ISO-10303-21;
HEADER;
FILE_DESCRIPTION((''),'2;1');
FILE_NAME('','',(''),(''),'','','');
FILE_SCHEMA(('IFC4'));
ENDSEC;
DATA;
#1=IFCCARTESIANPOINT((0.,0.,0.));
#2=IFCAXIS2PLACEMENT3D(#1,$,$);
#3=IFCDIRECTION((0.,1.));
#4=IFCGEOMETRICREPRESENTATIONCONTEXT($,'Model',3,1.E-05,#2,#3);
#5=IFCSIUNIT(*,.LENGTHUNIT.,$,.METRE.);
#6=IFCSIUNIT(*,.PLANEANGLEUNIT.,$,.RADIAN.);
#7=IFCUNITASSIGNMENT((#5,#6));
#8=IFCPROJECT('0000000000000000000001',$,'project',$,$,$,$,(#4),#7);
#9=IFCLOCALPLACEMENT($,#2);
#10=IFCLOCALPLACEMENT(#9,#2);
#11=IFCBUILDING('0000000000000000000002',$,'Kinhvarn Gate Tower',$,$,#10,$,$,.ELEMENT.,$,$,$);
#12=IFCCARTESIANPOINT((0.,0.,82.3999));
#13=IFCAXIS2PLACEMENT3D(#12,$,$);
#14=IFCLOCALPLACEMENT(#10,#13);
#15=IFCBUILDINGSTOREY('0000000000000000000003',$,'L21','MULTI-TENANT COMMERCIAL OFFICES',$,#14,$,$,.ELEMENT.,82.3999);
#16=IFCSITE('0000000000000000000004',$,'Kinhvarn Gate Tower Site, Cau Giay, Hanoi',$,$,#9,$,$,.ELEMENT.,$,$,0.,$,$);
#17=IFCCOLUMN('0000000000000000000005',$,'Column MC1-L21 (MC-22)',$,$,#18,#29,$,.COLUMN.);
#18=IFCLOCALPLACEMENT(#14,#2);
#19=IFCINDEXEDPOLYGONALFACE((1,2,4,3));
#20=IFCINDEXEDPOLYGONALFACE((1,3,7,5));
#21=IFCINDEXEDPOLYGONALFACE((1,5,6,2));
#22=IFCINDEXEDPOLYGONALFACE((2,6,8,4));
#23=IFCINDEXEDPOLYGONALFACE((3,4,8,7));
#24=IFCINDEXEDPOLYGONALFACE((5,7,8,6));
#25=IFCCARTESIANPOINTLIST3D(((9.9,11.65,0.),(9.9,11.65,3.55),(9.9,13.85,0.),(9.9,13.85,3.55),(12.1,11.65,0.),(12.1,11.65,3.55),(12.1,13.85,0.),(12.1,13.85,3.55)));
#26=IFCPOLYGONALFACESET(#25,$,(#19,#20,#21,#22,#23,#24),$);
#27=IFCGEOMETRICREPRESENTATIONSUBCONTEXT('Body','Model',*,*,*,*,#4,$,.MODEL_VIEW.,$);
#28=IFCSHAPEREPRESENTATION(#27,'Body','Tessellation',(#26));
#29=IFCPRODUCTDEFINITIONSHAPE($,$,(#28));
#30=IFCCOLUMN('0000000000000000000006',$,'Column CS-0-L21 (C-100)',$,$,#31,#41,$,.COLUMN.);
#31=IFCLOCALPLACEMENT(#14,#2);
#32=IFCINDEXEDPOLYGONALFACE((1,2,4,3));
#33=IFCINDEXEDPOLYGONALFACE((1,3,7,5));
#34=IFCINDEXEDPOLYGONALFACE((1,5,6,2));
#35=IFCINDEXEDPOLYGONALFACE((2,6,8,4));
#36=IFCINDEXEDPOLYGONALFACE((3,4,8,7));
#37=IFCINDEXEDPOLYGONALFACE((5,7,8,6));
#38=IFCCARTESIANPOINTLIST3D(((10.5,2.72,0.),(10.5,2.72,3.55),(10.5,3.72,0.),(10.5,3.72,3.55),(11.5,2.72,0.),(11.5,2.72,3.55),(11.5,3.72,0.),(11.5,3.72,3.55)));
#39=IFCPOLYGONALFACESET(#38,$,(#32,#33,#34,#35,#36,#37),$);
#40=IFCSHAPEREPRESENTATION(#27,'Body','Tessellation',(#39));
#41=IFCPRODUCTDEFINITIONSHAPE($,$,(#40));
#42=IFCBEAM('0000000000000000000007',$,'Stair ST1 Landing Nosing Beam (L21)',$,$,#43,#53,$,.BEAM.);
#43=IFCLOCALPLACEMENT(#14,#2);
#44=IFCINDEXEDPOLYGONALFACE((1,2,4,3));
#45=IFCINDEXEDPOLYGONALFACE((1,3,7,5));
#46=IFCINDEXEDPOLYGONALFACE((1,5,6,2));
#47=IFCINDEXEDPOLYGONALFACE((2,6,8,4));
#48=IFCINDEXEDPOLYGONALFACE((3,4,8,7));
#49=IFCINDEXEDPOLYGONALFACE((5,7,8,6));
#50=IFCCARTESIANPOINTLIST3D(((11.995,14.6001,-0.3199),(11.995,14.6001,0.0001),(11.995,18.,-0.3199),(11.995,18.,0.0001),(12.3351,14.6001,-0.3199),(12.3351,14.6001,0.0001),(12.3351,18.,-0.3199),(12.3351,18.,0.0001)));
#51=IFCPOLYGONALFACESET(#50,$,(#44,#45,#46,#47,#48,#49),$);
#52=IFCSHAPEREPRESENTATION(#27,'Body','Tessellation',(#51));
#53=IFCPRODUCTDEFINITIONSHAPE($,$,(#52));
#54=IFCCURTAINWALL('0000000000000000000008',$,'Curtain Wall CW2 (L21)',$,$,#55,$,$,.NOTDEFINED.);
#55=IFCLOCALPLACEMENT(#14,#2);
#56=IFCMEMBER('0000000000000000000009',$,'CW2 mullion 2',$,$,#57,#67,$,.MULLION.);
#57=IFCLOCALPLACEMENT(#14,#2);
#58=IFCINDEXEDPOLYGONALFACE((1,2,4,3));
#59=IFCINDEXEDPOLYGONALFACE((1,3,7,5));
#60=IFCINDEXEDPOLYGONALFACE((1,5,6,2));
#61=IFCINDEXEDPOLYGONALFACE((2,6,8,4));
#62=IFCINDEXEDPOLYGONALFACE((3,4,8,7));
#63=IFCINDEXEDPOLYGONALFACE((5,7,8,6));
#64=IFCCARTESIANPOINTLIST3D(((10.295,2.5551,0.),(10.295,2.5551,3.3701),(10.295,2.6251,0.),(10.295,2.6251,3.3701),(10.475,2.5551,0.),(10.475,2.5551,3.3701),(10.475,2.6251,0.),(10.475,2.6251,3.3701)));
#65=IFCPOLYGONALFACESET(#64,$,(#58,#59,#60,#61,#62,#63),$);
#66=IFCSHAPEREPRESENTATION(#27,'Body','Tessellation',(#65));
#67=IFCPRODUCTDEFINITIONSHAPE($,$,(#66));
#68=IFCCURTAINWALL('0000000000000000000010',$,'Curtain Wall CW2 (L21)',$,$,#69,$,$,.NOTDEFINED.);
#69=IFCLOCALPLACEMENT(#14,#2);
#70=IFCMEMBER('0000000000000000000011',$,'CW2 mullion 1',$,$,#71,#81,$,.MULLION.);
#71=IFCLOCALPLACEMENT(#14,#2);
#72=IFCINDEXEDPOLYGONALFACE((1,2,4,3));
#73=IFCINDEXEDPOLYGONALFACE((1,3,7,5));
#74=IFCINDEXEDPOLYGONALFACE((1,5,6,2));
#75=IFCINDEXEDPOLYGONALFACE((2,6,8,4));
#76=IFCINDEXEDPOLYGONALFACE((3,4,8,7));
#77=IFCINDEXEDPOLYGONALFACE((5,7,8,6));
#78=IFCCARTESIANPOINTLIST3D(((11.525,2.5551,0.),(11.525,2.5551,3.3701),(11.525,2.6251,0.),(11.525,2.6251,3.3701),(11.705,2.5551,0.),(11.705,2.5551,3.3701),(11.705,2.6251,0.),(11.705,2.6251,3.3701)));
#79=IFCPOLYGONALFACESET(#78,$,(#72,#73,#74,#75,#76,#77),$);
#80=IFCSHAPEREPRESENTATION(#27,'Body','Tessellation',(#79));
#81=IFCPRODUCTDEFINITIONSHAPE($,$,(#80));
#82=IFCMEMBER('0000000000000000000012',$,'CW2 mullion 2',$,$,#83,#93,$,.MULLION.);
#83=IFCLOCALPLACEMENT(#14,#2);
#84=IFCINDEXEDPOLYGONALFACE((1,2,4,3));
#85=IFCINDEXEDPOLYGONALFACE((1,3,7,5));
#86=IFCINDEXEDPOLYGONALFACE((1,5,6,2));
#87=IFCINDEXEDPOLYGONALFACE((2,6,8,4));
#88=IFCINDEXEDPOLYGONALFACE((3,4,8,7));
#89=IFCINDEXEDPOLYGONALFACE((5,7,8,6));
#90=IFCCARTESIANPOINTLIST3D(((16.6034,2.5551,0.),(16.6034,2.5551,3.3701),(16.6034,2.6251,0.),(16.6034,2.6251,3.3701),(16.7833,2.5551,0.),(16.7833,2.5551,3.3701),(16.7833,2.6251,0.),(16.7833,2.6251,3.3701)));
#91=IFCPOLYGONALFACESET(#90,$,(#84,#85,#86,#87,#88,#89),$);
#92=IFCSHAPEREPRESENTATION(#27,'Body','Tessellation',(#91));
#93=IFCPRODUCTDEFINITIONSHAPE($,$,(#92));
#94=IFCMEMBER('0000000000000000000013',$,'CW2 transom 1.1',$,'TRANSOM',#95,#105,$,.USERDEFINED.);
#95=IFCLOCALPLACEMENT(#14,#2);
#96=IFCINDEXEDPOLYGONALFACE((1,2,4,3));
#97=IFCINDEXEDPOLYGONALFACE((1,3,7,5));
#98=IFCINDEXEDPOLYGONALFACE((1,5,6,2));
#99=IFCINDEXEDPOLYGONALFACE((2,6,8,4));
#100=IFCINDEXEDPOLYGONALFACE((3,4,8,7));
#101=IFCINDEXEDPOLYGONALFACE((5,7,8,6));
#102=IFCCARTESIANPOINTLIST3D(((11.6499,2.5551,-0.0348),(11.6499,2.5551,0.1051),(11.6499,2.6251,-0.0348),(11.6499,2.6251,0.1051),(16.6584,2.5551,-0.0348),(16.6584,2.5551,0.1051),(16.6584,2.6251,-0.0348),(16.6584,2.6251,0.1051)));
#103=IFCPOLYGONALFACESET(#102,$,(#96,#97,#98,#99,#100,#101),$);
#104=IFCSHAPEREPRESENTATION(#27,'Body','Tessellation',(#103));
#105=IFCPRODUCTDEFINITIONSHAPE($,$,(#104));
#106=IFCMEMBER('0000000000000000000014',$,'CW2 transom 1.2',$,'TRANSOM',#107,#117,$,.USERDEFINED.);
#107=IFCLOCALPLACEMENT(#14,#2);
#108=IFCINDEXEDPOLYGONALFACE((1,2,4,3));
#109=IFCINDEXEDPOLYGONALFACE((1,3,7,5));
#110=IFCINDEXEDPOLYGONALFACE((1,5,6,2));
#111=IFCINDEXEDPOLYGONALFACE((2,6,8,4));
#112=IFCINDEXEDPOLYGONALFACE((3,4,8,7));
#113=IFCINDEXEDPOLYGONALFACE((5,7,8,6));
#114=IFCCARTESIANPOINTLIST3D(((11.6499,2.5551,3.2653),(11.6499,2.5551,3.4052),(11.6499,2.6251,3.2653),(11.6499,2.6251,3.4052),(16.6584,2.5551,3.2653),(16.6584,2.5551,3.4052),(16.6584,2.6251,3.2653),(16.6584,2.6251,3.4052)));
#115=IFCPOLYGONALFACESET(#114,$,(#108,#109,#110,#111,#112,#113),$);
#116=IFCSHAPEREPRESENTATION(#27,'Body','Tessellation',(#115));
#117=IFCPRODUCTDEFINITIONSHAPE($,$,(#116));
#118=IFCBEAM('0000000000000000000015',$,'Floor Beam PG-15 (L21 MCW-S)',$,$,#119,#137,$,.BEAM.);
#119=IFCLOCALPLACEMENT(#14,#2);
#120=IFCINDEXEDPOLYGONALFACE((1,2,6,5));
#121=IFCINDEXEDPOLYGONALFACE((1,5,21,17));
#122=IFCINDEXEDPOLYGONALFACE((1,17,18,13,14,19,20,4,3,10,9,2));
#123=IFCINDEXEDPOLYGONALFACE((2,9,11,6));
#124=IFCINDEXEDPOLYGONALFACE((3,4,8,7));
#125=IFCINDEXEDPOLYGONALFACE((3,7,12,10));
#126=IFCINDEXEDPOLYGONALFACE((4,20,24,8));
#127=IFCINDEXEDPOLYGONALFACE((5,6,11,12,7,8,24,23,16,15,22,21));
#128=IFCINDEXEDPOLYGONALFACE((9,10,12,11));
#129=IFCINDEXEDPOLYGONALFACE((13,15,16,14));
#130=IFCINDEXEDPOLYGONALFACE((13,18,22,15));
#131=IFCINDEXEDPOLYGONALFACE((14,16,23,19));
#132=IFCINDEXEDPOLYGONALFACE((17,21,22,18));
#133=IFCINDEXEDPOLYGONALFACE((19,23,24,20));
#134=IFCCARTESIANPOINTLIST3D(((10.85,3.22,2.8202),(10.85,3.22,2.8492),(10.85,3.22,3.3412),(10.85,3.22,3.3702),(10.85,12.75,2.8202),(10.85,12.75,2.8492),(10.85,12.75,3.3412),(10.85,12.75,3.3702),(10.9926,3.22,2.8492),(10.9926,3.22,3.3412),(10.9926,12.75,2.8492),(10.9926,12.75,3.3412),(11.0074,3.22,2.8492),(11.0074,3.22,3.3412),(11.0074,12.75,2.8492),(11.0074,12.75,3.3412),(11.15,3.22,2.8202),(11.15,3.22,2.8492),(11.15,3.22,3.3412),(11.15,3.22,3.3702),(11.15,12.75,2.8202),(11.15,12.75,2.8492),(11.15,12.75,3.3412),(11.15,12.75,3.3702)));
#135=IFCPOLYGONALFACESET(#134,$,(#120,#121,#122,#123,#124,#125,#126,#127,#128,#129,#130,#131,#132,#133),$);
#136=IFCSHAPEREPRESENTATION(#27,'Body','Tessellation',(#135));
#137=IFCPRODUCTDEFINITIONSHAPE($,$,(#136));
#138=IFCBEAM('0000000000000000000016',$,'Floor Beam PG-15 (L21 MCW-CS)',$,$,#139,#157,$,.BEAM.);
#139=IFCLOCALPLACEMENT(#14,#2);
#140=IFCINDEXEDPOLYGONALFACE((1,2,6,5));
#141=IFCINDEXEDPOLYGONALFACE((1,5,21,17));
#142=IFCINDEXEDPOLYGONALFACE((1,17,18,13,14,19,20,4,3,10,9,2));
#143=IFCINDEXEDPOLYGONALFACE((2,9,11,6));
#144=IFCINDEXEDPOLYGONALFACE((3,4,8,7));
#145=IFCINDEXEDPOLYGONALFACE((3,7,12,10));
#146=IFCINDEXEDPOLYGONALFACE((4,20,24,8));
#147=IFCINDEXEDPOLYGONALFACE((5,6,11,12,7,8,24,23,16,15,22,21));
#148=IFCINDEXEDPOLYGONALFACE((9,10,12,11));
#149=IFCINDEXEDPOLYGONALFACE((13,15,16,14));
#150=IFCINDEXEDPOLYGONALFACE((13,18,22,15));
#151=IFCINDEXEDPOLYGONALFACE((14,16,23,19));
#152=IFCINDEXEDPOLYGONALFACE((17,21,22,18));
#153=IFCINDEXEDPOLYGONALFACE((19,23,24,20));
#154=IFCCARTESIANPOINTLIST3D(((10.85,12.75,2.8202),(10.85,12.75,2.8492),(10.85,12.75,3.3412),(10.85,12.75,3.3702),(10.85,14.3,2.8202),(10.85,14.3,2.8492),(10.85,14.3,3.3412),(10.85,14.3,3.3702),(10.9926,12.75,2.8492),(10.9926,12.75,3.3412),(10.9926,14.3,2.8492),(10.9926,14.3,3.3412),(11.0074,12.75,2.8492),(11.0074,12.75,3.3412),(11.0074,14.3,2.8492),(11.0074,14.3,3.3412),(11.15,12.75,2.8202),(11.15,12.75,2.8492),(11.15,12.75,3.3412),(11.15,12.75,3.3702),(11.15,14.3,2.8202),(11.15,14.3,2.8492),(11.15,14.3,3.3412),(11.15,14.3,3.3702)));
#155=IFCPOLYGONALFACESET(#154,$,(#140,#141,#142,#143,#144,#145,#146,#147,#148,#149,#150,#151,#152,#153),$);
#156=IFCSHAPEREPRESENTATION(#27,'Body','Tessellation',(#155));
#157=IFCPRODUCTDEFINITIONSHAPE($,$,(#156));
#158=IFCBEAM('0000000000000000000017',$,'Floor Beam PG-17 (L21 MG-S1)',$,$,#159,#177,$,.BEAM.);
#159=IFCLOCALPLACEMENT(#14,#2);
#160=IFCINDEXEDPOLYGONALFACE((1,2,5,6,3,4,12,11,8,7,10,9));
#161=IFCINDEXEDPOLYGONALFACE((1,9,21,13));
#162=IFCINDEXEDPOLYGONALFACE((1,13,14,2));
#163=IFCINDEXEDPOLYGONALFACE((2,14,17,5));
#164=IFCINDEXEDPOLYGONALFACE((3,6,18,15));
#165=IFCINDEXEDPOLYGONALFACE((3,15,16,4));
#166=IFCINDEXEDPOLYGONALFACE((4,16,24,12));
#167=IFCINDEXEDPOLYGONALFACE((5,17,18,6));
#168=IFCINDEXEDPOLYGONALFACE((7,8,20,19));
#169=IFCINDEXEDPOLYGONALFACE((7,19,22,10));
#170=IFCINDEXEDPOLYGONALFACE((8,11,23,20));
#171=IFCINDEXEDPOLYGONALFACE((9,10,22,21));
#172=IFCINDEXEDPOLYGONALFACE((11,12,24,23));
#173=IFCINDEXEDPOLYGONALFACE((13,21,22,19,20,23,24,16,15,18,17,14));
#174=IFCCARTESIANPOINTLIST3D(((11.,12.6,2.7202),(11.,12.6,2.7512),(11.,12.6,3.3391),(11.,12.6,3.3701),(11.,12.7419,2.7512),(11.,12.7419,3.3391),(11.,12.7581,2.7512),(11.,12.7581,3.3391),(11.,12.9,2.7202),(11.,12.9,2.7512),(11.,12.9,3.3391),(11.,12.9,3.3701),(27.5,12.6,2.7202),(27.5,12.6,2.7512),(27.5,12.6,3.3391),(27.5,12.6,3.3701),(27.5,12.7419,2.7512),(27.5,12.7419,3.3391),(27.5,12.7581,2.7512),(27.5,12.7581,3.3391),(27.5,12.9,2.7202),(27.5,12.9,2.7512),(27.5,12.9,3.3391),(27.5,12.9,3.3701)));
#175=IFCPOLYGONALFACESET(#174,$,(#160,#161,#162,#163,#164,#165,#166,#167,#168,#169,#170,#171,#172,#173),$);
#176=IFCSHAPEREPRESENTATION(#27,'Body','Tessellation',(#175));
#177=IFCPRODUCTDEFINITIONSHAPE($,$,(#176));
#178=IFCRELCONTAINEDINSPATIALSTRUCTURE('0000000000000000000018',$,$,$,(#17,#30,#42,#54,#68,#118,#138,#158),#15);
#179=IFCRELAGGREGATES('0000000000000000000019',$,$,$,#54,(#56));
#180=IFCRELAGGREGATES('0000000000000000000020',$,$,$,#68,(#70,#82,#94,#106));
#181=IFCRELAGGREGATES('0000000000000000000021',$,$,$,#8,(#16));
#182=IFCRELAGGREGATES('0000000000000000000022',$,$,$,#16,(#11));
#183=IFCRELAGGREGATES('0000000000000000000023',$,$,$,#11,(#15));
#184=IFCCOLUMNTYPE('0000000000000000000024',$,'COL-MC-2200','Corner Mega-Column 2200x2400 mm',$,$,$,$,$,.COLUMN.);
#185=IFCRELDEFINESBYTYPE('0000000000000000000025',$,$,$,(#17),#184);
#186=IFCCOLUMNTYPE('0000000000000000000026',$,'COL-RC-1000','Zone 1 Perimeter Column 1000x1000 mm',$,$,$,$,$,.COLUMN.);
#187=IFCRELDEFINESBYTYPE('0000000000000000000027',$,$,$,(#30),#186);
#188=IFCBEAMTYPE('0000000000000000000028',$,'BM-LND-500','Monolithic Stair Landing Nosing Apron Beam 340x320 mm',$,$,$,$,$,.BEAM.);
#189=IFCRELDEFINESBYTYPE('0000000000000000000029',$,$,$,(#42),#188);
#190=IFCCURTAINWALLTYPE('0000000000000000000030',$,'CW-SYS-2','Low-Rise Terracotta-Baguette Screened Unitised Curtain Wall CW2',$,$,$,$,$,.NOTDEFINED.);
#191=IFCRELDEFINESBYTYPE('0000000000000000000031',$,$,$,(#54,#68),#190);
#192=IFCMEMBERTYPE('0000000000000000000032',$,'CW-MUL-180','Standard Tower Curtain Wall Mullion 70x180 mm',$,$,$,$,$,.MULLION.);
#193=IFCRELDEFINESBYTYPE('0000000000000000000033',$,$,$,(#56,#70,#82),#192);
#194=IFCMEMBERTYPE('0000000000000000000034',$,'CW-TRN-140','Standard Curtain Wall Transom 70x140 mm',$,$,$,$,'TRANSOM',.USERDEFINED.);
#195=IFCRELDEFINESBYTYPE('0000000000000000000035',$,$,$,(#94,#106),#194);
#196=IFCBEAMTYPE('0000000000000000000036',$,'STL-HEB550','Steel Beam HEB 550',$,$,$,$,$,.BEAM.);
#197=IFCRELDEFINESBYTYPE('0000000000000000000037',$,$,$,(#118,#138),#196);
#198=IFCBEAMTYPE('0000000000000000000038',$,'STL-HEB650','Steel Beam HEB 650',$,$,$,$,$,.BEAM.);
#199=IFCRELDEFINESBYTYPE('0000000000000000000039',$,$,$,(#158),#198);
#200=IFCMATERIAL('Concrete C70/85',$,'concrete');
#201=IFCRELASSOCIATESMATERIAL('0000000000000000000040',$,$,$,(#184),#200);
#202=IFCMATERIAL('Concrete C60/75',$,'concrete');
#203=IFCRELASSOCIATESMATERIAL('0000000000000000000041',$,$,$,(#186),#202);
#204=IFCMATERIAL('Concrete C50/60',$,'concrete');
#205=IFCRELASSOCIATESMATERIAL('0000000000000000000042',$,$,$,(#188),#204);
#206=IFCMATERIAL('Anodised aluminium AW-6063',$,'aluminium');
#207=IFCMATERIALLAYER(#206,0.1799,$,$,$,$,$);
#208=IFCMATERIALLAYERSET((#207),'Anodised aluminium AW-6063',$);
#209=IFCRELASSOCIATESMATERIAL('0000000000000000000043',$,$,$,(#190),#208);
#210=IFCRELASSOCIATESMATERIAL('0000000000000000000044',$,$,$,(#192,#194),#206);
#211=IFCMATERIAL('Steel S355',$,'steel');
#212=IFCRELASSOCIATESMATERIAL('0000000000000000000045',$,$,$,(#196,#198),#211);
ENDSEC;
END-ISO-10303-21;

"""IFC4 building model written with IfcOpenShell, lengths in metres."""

from ifc_helpers import new_model, si_unit, direction, frame, origin, origin_2d, place, context, subcontext, project, spatial, rectangle, i_section, extrude, material, layer, layer_set, material_profile, profile_set, type_object, element, aggregate, save


model = new_model("IFC4")

# Units and contexts
model_context = context("Model", 3, precision=1e-05, world=origin(), true_north=direction((0.0, 1.0)))
body_context = subcontext(model_context, "Body", "Model", "MODEL_VIEW")
ifc_project = project(units=[si_unit("LENGTHUNIT", "METRE"), si_unit("PLANEANGLEUNIT", "RADIAN")], contexts=[model_context])

# Site, building, storey
site_placement = place(None, origin())
site = spatial("IfcSite", under=ifc_project, at=site_placement, Name="Kinhvarn Gate Tower Site, Cau Giay, Hanoi", CompositionType="ELEMENT", RefElevation=0.0)
building_placement = place(site_placement, origin())
building = spatial("IfcBuilding", under=site, at=building_placement, Name="Kinhvarn Gate Tower", CompositionType="ELEMENT")
storey_placement = place(building_placement, frame((0.0, 0.0, 82.3999)))
storey = spatial("IfcBuildingStorey", under=building, at=storey_placement, Name="L21", Description="MULTI-TENANT COMMERCIAL OFFICES", CompositionType="ELEMENT", Elevation=82.3999)

# Columns
ifc_material_1 = material(Name="Concrete C70/85", Category="concrete")
ifc_material_profile_1 = material_profile(ifc_material_1, rectangle(XDim=2.2, YDim=2.2, at=origin_2d()), Name="RC 2200x2200")
ifc_profile_set_1 = profile_set([ifc_material_profile_1], Name="Concrete C70/85")
column_type_1 = type_object("IfcColumnType", Name="COL-MC-2200", Description="Corner Mega-Column 2200x2400 mm", PredefinedType="COLUMN", material=ifc_profile_set_1)
column_1_placement = place(storey_placement, frame((11.0, 12.75, 0.0), z_axis=(0.0, 0.0, 1.0), x_axis=(1.0, 0.0, 0.0)))
element("IfcColumn", 1, at=column_1_placement, inside=storey, type_object=column_type_1, Name="Column MC1-L21 (MC-22)", PredefinedType="COLUMN", context=body_context, shape_type="SweptSolid", body=[
    extrude(rectangle(XDim=2.2, YDim=2.2, at=origin_2d()), origin(), (0.0, 0.0, 1.0), 3.55),
])
ifc_material_2 = material(Name="Concrete C60/75", Category="concrete")
ifc_material_profile_2 = material_profile(ifc_material_2, rectangle(XDim=1.0, YDim=1.0, at=origin_2d()), Name="RC 1000x1000")
ifc_profile_set_2 = profile_set([ifc_material_profile_2], Name="Concrete C60/75")
column_type_2 = type_object("IfcColumnType", Name="COL-RC-1000", Description="Zone 1 Perimeter Column 1000x1000 mm", PredefinedType="COLUMN", material=ifc_profile_set_2)
column_2_placement = place(storey_placement, frame((11.0, 3.22, 0.0), z_axis=(0.0, 0.0, 1.0), x_axis=(1.0, 0.0, 0.0)))
element("IfcColumn", 2, at=column_2_placement, inside=storey, type_object=column_type_2, Name="Column CS-0-L21 (C-100)", PredefinedType="COLUMN", context=body_context, shape_type="SweptSolid", body=[
    extrude(rectangle(XDim=1.0, YDim=1.0, at=origin_2d()), origin(), (0.0, 0.0, 1.0), 3.55),
])

# Beam
ifc_material_3 = material(Name="Concrete C50/60", Category="concrete")
ifc_material_profile_3 = material_profile(ifc_material_3, rectangle(XDim=0.3401, YDim=0.3201, at=origin_2d()), Name="RC 340x320")
ifc_profile_set_3 = profile_set([ifc_material_profile_3], Name="Concrete C50/60")
beam_type_1 = type_object("IfcBeamType", Name="BM-LND-500", Description="Monolithic Stair Landing Nosing Apron Beam 340x320 mm", PredefinedType="BEAM", material=ifc_profile_set_3)
beam_1_placement = place(storey_placement, frame((12.165, 14.6001, -0.1599), z_axis=(0.0, 1.0, 0.0), x_axis=(-1.0, 0.0, 0.0)))
element("IfcBeam", 3, at=beam_1_placement, inside=storey, type_object=beam_type_1, Name="Stair ST1 Landing Nosing Beam (L21)", PredefinedType="BEAM", context=body_context, shape_type="SweptSolid", body=[
    extrude(rectangle(XDim=0.3401, YDim=0.3201, at=origin_2d()), origin(), (0.0, 0.0, 1.0), 3.3999),
])

# Curtain wall, member
ifc_material_4 = material(Name="Anodised aluminium AW-6063", Category="aluminium")
ifc_layer_1 = layer(ifc_material_4, 0.1799)
ifc_layer_set_1 = layer_set([ifc_layer_1], Name="Anodised aluminium AW-6063")
curtain_wall_type = type_object("IfcCurtainWallType", Name="CW-SYS-2", Description="Low-Rise Terracotta-Baguette Screened Unitised Curtain Wall CW2", PredefinedType="NOTDEFINED", material=ifc_layer_set_1)
curtain_wall_1_placement = place(storey_placement, origin())
curtain_wall_1 = element("IfcCurtainWall", 4, at=curtain_wall_1_placement, inside=storey, type_object=curtain_wall_type, Name="Curtain Wall CW2 (L21)", PredefinedType="NOTDEFINED")
ifc_material_profile_4 = material_profile(ifc_material_4, rectangle(XDim=0.0701, YDim=0.1799, at=origin_2d()), Name="ALU 70x180")
ifc_profile_set_4 = profile_set([ifc_material_profile_4], Name="Anodised aluminium AW-6063")
member_type_1 = type_object("IfcMemberType", Name="CW-MUL-180", Description="Standard Tower Curtain Wall Mullion 70x180 mm", PredefinedType="MULLION", material=ifc_profile_set_4)
member_1_placement = place(storey_placement, frame((10.385, 2.5901, 0.0), z_axis=(0.0, 0.0, 1.0), x_axis=(0.0, 1.0, 0.0)))
member_1 = element("IfcMember", 5, at=member_1_placement, type_object=member_type_1, Name="CW2 mullion 2", PredefinedType="MULLION", context=body_context, shape_type="SweptSolid", body=[
    extrude(rectangle(XDim=0.0701, YDim=0.1799, at=origin_2d()), origin(), (0.0, 0.0, 1.0), 3.3701),
])
aggregate(curtain_wall_1, [member_1])

# Curtain wall, members
curtain_wall_2_placement = place(storey_placement, origin())
curtain_wall_2 = element("IfcCurtainWall", 6, at=curtain_wall_2_placement, inside=storey, type_object=curtain_wall_type, Name="Curtain Wall CW2 (L21)", PredefinedType="NOTDEFINED")
member_2_placement = place(storey_placement, frame((11.615, 2.5901, 0.0), z_axis=(0.0, 0.0, 1.0), x_axis=(0.0, 1.0, 0.0)))
member_2 = element("IfcMember", 7, at=member_2_placement, type_object=member_type_1, Name="CW2 mullion 1", PredefinedType="MULLION", context=body_context, shape_type="SweptSolid", body=[
    extrude(rectangle(XDim=0.0701, YDim=0.1799, at=origin_2d()), origin(), (0.0, 0.0, 1.0), 3.3701),
])
member_3_placement = place(storey_placement, frame((16.6934, 2.5901, 0.0), z_axis=(0.0, 0.0, 1.0), x_axis=(0.0, 1.0, 0.0)))
member_3 = element("IfcMember", 8, at=member_3_placement, type_object=member_type_1, Name="CW2 mullion 2", PredefinedType="MULLION", context=body_context, shape_type="SweptSolid", body=[
    extrude(rectangle(XDim=0.0701, YDim=0.1799, at=origin_2d()), origin(), (0.0, 0.0, 1.0), 3.3701),
])
ifc_material_profile_5 = material_profile(ifc_material_4, rectangle(XDim=0.0701, YDim=0.1399, at=origin_2d()), Name="ALU 70x140")
ifc_profile_set_5 = profile_set([ifc_material_profile_5], Name="Anodised aluminium AW-6063")
member_type_2 = type_object("IfcMemberType", Name="CW-TRN-140", Description="Standard Curtain Wall Transom 70x140 mm", ElementType="TRANSOM", PredefinedType="USERDEFINED", material=ifc_profile_set_5)
member_4_placement = place(storey_placement, frame((11.6499, 2.5901, 0.0352), z_axis=(1.0, 0.0, 0.0), x_axis=(0.0, 1.0, 0.0)))
member_4 = element("IfcMember", 9, at=member_4_placement, type_object=member_type_2, Name="CW2 transom 1.1", ObjectType="TRANSOM", PredefinedType="USERDEFINED", context=body_context, shape_type="SweptSolid", body=[
    extrude(rectangle(XDim=0.0701, YDim=0.1399, at=origin_2d()), origin(), (0.0, 0.0, 1.0), 5.0085),
])
member_5_placement = place(storey_placement, frame((11.6499, 2.5901, 3.3352), z_axis=(1.0, 0.0, 0.0), x_axis=(0.0, 1.0, 0.0)))
member_5 = element("IfcMember", 10, at=member_5_placement, type_object=member_type_2, Name="CW2 transom 1.2", ObjectType="TRANSOM", PredefinedType="USERDEFINED", context=body_context, shape_type="SweptSolid", body=[
    extrude(rectangle(XDim=0.0701, YDim=0.1399, at=origin_2d()), origin(), (0.0, 0.0, 1.0), 5.0085),
])

# Beams
ifc_material_5 = material(Name="Steel S355", Category="steel")
ifc_material_profile_6 = material_profile(ifc_material_5, i_section(OverallWidth=0.3, OverallDepth=0.55, WebThickness=0.0149, FlangeThickness=0.0291, at=origin_2d()), Name="HEB 550")
ifc_profile_set_6 = profile_set([ifc_material_profile_6], Name="Steel S355")
beam_type_2 = type_object("IfcBeamType", Name="STL-HEB550", Description="Steel Beam HEB 550", PredefinedType="BEAM", material=ifc_profile_set_6)
beam_2_placement = place(storey_placement, frame((11.0, 3.22, 3.0952), z_axis=(0.0, 1.0, 0.0), x_axis=(-1.0, 0.0, 0.0)))
element("IfcBeam", 11, at=beam_2_placement, inside=storey, type_object=beam_type_2, Name="Floor Beam PG-15 (L21 MCW-S)", PredefinedType="BEAM", context=body_context, shape_type="SweptSolid", body=[
    extrude(i_section(OverallWidth=0.3, OverallDepth=0.55, WebThickness=0.0149, FlangeThickness=0.0291, at=origin_2d()), origin(), (0.0, 0.0, 1.0), 9.53),
])
beam_3_placement = place(storey_placement, frame((11.0, 12.75, 3.0952), z_axis=(0.0, 1.0, 0.0), x_axis=(-1.0, 0.0, 0.0)))
element("IfcBeam", 12, at=beam_3_placement, inside=storey, type_object=beam_type_2, Name="Floor Beam PG-15 (L21 MCW-CS)", PredefinedType="BEAM", context=body_context, shape_type="SweptSolid", body=[
    extrude(i_section(OverallWidth=0.3, OverallDepth=0.55, WebThickness=0.0149, FlangeThickness=0.0291, at=origin_2d()), origin(), (0.0, 0.0, 1.0), 1.55),
])
ifc_material_profile_7 = material_profile(ifc_material_5, i_section(OverallWidth=0.3, OverallDepth=0.6499, WebThickness=0.0161, FlangeThickness=0.031, at=origin_2d()), Name="HEB 650")
ifc_profile_set_7 = profile_set([ifc_material_profile_7], Name="Steel S355")
beam_type_3 = type_object("IfcBeamType", Name="STL-HEB650", Description="Steel Beam HEB 650", PredefinedType="BEAM", material=ifc_profile_set_7)
beam_4_placement = place(storey_placement, frame((11.0, 12.75, 3.0452), z_axis=(1.0, 0.0, 0.0), x_axis=(0.0, 1.0, 0.0)))
element("IfcBeam", 13, at=beam_4_placement, inside=storey, type_object=beam_type_3, Name="Floor Beam PG-17 (L21 MG-S1)", PredefinedType="BEAM", context=body_context, shape_type="SweptSolid", body=[
    extrude(i_section(OverallWidth=0.3, OverallDepth=0.6499, WebThickness=0.0161, FlangeThickness=0.031, at=origin_2d()), origin(), (0.0, 0.0, 1.0), 16.5),
])

aggregate(curtain_wall_2, [member_2, member_3, member_4, member_5])

save(model, "model.ifc")
